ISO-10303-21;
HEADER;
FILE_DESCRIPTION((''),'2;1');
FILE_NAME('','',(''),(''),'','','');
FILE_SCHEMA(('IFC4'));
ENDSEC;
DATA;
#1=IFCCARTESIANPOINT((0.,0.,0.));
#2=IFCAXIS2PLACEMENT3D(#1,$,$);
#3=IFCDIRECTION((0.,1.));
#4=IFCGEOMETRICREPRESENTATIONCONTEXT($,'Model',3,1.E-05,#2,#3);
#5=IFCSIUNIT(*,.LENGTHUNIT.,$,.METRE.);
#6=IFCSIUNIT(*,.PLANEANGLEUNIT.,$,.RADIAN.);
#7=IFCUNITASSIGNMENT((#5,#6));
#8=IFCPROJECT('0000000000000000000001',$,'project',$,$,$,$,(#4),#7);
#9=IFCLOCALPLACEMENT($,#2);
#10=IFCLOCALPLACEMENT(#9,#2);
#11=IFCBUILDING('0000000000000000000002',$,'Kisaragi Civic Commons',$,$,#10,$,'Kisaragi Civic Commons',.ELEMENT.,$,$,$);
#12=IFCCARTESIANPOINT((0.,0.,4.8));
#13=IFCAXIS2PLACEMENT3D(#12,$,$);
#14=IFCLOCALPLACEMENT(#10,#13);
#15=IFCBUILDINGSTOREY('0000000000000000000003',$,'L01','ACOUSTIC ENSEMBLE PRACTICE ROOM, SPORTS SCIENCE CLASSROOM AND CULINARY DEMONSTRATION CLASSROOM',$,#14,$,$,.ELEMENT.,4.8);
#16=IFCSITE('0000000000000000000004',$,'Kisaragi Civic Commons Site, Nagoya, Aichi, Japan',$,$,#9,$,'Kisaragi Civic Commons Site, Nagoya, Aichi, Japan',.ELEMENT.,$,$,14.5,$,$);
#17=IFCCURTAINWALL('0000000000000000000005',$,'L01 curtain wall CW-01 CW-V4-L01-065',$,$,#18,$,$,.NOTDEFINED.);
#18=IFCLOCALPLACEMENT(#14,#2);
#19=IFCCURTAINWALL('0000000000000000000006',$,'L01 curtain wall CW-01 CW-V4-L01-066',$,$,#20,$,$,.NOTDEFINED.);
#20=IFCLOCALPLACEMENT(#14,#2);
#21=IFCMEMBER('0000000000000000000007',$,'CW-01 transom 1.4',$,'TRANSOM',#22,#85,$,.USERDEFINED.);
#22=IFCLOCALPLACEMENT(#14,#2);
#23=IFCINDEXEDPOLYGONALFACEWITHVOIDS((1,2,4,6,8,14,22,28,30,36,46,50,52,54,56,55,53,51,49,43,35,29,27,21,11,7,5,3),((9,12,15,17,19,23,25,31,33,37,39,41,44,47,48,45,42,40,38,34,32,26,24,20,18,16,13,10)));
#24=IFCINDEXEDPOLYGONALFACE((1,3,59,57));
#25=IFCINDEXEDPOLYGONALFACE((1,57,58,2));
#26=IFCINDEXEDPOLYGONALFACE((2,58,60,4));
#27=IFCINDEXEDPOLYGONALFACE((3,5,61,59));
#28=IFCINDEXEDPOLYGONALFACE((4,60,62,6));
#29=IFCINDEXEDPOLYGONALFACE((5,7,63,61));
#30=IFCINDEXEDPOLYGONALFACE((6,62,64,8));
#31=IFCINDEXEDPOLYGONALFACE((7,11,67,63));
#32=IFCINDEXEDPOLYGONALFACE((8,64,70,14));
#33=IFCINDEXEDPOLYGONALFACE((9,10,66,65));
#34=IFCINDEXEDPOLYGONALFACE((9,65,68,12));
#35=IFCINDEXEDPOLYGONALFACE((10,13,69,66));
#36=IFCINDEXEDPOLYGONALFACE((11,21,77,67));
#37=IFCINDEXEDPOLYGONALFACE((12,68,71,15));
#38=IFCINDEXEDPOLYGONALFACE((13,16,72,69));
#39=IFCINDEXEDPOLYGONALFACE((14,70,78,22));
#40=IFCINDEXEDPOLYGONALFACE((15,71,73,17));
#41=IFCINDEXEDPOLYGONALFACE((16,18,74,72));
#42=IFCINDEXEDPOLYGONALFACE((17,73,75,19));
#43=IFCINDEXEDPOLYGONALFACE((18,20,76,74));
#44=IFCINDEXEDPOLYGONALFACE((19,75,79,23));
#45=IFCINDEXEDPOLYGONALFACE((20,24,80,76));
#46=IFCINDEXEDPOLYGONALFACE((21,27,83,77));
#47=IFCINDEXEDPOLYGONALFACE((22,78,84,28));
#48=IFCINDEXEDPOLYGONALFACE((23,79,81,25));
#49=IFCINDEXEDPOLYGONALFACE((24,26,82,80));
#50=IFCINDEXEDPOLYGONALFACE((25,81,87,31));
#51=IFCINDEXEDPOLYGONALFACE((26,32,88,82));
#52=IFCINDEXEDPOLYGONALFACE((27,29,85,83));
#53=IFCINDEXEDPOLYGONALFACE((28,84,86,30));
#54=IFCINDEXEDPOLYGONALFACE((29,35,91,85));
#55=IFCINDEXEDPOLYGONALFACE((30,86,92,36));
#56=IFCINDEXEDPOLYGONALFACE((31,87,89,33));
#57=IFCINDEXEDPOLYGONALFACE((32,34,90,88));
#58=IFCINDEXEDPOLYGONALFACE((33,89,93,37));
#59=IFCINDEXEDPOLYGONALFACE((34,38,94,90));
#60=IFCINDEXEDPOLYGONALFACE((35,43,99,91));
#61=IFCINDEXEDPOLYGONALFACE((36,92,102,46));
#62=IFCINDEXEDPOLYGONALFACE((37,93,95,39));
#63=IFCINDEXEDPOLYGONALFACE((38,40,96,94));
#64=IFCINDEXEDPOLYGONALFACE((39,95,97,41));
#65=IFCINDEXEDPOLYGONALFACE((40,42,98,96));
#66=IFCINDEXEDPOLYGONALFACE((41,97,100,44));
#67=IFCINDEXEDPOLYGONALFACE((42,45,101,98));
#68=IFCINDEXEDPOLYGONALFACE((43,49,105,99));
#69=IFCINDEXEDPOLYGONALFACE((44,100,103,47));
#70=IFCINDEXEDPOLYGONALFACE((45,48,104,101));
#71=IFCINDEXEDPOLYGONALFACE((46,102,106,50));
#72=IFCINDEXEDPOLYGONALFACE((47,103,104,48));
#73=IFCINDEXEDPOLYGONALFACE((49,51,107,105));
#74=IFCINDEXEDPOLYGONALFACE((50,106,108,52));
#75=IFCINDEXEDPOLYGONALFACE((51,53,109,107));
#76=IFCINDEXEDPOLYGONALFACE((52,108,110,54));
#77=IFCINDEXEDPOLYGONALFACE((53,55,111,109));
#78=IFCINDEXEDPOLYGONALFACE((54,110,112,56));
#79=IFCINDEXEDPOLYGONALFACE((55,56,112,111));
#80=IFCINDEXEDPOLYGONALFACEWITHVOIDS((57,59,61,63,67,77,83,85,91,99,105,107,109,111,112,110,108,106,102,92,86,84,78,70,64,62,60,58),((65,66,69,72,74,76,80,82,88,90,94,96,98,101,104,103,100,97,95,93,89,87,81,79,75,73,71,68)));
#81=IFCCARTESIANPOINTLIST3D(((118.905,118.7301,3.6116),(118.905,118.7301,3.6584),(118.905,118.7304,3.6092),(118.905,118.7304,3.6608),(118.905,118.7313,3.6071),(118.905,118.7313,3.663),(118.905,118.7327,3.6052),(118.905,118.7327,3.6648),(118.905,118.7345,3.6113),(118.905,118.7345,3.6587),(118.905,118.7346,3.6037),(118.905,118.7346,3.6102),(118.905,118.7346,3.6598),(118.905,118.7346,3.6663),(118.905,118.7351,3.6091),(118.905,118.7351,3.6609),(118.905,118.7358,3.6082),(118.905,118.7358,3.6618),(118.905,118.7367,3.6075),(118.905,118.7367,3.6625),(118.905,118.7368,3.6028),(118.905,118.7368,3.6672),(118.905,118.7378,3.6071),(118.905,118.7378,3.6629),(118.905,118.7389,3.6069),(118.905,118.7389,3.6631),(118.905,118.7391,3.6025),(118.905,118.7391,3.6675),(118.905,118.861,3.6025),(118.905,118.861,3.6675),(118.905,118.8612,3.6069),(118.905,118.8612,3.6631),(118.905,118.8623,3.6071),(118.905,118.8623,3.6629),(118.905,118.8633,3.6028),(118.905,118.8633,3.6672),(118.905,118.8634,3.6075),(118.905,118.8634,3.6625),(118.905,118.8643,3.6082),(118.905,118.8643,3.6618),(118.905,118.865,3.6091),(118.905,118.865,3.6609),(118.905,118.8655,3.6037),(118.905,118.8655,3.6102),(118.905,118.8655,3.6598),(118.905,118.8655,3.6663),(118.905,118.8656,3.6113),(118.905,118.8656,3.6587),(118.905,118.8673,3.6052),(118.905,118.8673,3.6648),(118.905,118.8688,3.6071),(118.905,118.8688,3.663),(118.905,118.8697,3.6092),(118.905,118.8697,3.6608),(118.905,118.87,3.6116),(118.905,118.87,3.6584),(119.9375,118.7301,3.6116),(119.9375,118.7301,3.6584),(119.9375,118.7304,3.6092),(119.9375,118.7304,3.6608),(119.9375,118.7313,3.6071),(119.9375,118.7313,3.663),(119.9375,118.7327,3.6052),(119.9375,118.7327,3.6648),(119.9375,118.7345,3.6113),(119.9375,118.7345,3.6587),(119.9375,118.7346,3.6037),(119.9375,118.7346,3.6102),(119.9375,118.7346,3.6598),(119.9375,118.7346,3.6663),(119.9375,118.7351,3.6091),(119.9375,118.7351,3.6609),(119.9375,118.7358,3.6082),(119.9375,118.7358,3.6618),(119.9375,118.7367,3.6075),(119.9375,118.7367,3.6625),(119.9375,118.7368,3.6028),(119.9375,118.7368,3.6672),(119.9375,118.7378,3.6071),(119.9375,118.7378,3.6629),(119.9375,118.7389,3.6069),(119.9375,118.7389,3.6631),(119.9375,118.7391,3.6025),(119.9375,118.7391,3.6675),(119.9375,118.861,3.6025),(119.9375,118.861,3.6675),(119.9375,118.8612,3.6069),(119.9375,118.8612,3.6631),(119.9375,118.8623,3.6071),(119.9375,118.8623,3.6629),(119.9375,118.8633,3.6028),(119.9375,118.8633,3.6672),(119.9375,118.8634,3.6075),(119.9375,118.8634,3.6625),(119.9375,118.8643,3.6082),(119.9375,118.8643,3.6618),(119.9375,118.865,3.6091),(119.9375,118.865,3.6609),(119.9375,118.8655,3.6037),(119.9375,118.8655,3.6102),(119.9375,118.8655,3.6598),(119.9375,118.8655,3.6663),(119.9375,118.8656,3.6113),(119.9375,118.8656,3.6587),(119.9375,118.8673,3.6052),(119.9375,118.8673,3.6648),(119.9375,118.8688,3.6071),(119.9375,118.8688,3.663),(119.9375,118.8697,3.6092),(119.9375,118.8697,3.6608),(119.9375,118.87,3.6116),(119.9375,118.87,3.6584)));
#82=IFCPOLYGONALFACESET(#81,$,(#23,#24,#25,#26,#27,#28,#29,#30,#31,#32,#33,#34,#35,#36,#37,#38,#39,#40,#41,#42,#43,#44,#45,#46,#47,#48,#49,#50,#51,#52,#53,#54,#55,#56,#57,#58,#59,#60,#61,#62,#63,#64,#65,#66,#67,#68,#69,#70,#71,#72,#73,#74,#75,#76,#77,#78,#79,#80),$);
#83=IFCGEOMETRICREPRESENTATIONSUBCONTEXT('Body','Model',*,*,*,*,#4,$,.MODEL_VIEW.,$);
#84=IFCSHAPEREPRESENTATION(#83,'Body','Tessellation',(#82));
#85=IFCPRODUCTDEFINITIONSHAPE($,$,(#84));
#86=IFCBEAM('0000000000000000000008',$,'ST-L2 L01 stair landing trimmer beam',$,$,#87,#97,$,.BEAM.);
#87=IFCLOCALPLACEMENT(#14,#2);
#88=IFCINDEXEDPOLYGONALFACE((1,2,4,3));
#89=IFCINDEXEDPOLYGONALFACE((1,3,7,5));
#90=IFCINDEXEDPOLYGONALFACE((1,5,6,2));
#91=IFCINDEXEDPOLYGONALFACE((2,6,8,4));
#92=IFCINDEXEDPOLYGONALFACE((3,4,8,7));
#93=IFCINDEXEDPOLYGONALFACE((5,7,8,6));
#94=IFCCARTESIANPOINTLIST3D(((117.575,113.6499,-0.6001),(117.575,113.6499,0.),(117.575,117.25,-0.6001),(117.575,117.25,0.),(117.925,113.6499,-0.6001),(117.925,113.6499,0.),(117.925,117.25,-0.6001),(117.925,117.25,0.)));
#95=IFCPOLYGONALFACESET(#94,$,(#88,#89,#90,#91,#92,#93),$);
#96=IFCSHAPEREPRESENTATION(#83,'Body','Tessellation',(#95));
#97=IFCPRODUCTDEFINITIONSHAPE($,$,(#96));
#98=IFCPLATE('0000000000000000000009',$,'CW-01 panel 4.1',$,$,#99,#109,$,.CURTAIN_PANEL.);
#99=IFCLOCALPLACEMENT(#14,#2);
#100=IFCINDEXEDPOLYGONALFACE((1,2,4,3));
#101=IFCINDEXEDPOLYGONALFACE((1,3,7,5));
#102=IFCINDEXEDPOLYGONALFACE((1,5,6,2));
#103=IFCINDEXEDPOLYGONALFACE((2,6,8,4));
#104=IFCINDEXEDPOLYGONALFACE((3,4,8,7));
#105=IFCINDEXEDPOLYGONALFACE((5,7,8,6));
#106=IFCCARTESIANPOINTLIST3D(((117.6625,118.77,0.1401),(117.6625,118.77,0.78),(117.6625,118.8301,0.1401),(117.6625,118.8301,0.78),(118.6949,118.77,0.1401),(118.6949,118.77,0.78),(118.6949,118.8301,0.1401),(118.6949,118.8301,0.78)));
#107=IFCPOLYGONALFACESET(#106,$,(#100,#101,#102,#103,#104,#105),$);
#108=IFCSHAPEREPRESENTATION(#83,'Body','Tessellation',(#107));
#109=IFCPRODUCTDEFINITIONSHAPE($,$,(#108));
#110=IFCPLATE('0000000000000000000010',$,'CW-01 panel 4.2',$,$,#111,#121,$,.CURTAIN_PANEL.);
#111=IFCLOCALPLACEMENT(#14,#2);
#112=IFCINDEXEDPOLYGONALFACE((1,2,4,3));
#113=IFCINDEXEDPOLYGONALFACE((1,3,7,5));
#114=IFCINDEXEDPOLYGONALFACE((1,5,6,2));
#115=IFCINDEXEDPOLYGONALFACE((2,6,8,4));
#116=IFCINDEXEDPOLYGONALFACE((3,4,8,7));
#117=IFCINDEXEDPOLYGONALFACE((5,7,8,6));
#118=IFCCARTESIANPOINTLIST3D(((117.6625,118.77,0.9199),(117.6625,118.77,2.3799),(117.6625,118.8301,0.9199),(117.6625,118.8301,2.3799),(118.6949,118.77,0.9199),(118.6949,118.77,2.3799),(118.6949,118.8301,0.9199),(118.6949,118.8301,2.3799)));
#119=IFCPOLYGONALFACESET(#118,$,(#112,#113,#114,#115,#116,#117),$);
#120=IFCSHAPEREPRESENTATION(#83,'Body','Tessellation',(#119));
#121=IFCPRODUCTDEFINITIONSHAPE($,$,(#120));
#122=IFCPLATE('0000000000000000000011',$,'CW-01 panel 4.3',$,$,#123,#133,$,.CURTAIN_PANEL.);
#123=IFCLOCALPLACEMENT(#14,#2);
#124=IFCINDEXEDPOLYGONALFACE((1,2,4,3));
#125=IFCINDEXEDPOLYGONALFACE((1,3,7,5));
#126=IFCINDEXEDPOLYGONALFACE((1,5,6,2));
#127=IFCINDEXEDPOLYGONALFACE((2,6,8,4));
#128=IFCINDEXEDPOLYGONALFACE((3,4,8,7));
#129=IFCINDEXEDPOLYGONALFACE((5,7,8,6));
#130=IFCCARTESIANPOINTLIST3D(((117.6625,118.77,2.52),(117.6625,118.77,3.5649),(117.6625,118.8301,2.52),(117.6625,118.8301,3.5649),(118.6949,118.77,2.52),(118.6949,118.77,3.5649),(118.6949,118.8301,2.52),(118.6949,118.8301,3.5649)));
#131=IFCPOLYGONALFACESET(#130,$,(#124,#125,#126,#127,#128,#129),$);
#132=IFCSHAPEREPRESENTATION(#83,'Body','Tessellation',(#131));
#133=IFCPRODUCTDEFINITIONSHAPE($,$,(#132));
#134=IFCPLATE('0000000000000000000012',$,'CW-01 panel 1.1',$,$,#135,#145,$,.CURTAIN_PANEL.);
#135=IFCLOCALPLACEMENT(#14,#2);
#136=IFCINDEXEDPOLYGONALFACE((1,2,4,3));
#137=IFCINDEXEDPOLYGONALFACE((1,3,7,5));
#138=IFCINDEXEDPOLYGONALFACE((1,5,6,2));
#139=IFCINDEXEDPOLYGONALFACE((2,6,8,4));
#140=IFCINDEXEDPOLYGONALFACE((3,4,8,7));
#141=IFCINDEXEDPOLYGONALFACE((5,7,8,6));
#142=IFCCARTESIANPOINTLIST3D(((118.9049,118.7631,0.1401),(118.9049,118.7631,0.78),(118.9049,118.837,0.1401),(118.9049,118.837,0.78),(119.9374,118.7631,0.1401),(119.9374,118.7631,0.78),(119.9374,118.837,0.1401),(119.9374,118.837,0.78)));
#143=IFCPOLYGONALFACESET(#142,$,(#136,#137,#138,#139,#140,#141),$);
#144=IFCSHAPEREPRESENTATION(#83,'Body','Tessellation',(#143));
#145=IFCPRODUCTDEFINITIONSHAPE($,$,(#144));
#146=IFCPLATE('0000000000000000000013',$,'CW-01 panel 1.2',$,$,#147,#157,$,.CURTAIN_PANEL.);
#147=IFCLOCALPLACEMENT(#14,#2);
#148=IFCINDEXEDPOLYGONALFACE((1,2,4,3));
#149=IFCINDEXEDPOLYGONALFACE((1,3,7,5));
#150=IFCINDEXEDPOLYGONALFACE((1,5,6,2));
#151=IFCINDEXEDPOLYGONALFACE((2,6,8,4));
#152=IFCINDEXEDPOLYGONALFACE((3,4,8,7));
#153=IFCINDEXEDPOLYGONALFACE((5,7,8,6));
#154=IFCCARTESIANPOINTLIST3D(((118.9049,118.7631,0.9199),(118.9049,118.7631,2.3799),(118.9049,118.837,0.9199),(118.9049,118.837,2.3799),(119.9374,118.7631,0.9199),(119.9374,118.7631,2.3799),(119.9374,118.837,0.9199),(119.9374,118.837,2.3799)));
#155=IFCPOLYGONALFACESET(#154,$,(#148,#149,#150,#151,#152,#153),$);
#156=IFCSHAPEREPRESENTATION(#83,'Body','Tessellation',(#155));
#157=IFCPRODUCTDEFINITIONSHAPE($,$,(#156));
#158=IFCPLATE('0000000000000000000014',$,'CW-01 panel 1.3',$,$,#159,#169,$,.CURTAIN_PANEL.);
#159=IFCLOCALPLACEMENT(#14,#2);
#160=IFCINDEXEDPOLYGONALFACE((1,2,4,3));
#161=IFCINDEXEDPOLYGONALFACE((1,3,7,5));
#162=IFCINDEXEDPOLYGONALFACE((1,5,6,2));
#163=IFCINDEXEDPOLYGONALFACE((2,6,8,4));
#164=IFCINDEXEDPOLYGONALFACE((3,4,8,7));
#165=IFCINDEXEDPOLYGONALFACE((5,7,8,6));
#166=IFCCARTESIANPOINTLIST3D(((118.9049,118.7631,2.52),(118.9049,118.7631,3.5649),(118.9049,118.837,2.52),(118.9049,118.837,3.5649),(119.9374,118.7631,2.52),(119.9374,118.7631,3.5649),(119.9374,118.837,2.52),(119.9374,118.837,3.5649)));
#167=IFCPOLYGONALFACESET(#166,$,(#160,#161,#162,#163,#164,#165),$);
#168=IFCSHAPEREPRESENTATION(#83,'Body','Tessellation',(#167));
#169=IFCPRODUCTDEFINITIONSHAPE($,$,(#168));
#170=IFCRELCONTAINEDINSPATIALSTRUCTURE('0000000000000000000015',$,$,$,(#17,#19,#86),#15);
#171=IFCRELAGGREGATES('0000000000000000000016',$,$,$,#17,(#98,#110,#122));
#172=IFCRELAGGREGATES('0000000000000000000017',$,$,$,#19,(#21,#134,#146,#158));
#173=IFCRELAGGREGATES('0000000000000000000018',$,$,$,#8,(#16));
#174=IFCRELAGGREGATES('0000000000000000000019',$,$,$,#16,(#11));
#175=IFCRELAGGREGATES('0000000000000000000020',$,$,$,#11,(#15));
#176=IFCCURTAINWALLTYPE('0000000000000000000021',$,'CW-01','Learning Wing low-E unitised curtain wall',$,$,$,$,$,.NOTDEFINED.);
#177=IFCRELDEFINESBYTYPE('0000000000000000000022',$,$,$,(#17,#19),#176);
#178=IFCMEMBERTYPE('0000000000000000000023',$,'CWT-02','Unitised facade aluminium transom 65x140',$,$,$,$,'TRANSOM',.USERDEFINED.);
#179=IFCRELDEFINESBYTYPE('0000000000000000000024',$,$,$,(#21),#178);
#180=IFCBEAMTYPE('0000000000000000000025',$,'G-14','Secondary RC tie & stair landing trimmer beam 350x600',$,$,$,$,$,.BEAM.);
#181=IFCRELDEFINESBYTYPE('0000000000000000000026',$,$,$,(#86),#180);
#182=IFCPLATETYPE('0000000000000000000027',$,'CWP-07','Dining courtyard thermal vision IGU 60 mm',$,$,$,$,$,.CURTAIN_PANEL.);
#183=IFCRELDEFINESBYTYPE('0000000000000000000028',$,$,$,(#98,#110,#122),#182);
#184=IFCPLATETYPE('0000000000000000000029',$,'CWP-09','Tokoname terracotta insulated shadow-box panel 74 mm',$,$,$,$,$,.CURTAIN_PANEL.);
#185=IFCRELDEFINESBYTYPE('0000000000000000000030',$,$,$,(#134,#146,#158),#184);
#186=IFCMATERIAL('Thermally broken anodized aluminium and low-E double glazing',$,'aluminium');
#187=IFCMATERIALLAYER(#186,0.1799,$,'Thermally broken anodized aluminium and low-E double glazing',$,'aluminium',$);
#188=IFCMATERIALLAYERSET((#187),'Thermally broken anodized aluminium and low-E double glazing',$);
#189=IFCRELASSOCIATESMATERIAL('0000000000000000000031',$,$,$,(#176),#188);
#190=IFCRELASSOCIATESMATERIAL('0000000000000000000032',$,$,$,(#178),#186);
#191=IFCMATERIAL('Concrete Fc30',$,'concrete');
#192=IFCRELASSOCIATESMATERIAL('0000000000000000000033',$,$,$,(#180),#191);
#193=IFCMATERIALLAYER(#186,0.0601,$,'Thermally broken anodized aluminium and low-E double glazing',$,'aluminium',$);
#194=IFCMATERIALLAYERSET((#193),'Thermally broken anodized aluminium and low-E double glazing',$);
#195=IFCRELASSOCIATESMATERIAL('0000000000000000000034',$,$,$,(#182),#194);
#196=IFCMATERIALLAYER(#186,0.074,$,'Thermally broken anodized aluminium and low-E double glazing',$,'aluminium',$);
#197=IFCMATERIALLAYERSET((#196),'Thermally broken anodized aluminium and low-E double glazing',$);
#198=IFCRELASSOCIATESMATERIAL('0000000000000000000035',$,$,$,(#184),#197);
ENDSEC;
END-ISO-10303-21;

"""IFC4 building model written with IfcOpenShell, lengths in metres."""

from ifc_helpers import new_model, si_unit, direction, frame, origin, origin_2d, place, context, subcontext, project, spatial, rectangle, hollow_rectangle, extrude, material, layer, layer_set, material_profile, profile_set, type_object, element, aggregate, save


model = new_model("IFC4")

# Units and contexts
model_context = context("Model", 3, precision=1e-05, world=origin(), true_north=direction((0.0, 1.0)))
body_context = subcontext(model_context, "Body", "Model", "MODEL_VIEW")
ifc_project = project(units=[si_unit("LENGTHUNIT", "METRE"), si_unit("PLANEANGLEUNIT", "RADIAN")], contexts=[model_context])

# Site, building, storey
site_placement = place(None, origin())
site = spatial("IfcSite", under=ifc_project, at=site_placement, Name="Kisaragi Civic Commons Site, Nagoya, Aichi, Japan", LongName="Kisaragi Civic Commons Site, Nagoya, Aichi, Japan", CompositionType="ELEMENT", RefElevation=14.5)
building_placement = place(site_placement, origin())
building = spatial("IfcBuilding", under=site, at=building_placement, Name="Kisaragi Civic Commons", LongName="Kisaragi Civic Commons", CompositionType="ELEMENT")
storey_placement = place(building_placement, frame((0.0, 0.0, 4.8)))
storey = spatial("IfcBuildingStorey", under=building, at=storey_placement, Name="L01", Description="ACOUSTIC ENSEMBLE PRACTICE ROOM, SPORTS SCIENCE CLASSROOM AND CULINARY DEMONSTRATION CLASSROOM", CompositionType="ELEMENT", Elevation=4.8)

# Curtain wall
ifc_material_1 = material(Name="Thermally broken anodized aluminium and low-E double glazing", Category="aluminium")
ifc_layer_1 = layer(ifc_material_1, 0.1799, Name="Thermally broken anodized aluminium and low-E double glazing", Category="aluminium")
ifc_layer_set_1 = layer_set([ifc_layer_1], Name="Thermally broken anodized aluminium and low-E double glazing")
curtain_wall_type = type_object("IfcCurtainWallType", Name="CW-01", Description="Learning Wing low-E unitised curtain wall", PredefinedType="NOTDEFINED", material=ifc_layer_set_1)
curtain_wall_1_placement = place(storey_placement, origin())
curtain_wall_1 = element("IfcCurtainWall", 1, at=curtain_wall_1_placement, inside=storey, type_object=curtain_wall_type, Name="L01 curtain wall CW-01 CW-V4-L01-065", PredefinedType="NOTDEFINED")

# Curtain wall, member
curtain_wall_2_placement = place(storey_placement, origin())
curtain_wall_2 = element("IfcCurtainWall", 2, at=curtain_wall_2_placement, inside=storey, type_object=curtain_wall_type, Name="L01 curtain wall CW-01 CW-V4-L01-066", PredefinedType="NOTDEFINED")
ifc_material_profile_1 = material_profile(ifc_material_1, hollow_rectangle(XDim=0.1399, YDim=0.0649, WallThickness=0.0044, InnerFilletRadius=0.0044, OuterFilletRadius=0.009, at=origin_2d()), Name="CWT-65x140x4.5", Category="aluminium")
ifc_profile_set_1 = profile_set([ifc_material_profile_1], Name="Thermally broken anodized aluminium and low-E double glazing")
member_type_1 = type_object("IfcMemberType", Name="CWT-02", Description="Unitised facade aluminium transom 65x140", ElementType="TRANSOM", PredefinedType="USERDEFINED", material=ifc_profile_set_1)
member_1_placement = place(storey_placement, frame((118.905, 118.8, 3.635), z_axis=(1.0, 0.0, 0.0), x_axis=(0.0, 1.0, 0.0)))
member_1 = element("IfcMember", 3, at=member_1_placement, type_object=member_type_1, Name="CW-01 transom 1.4", ObjectType="TRANSOM", PredefinedType="USERDEFINED", context=body_context, shape_type="SweptSolid", body=[
    extrude(hollow_rectangle(XDim=0.1399, YDim=0.0649, WallThickness=0.0044, InnerFilletRadius=0.0044, OuterFilletRadius=0.009, at=origin_2d()), origin(), (0.0, 0.0, 1.0), 1.0325),
])

# Beam
ifc_material_2 = material(Name="Concrete Fc30", Category="concrete")
ifc_material_profile_2 = material_profile(ifc_material_2, rectangle(XDim=0.3501, YDim=0.6001, at=origin_2d()), Name="RC-350x600", Category="concrete")
ifc_profile_set_2 = profile_set([ifc_material_profile_2], Name="Concrete Fc30")
beam_type = type_object("IfcBeamType", Name="G-14", Description="Secondary RC tie & stair landing trimmer beam 350x600", PredefinedType="BEAM", material=ifc_profile_set_2)
beam_placement = place(storey_placement, frame((117.75, 113.6499, -0.3), z_axis=(0.0, 1.0, 0.0), x_axis=(-1.0, 0.0, 0.0)))
element("IfcBeam", 4, at=beam_placement, inside=storey, type_object=beam_type, Name="ST-L2 L01 stair landing trimmer beam", PredefinedType="BEAM", context=body_context, shape_type="SweptSolid", body=[
    extrude(rectangle(XDim=0.3501, YDim=0.6001, at=origin_2d()), origin(), (0.0, 0.0, 1.0), 3.6001),
])

# Plates
ifc_layer_2 = layer(ifc_material_1, 0.0601, Name="Thermally broken anodized aluminium and low-E double glazing", Category="aluminium")
ifc_layer_set_2 = layer_set([ifc_layer_2], Name="Thermally broken anodized aluminium and low-E double glazing")
plate_type_1 = type_object("IfcPlateType", Name="CWP-07", Description="Dining courtyard thermal vision IGU 60 mm", PredefinedType="CURTAIN_PANEL", material=ifc_layer_set_2)
plate_1_placement = place(storey_placement, frame((118.1787, 118.8, 0.1401), z_axis=(0.0, 0.0, 1.0), x_axis=(1.0, 0.0, 0.0)))
plate_1 = element("IfcPlate", 5, at=plate_1_placement, type_object=plate_type_1, Name="CW-01 panel 4.1", PredefinedType="CURTAIN_PANEL", context=body_context, shape_type="SweptSolid", body=[
    extrude(rectangle(XDim=1.0325, YDim=0.0601, at=origin_2d()), origin(), (0.0, 0.0, 1.0), 0.6399),
])
plate_2_placement = place(storey_placement, frame((118.1787, 118.8, 0.9199), z_axis=(0.0, 0.0, 1.0), x_axis=(1.0, 0.0, 0.0)))
plate_2 = element("IfcPlate", 6, at=plate_2_placement, type_object=plate_type_1, Name="CW-01 panel 4.2", PredefinedType="CURTAIN_PANEL", context=body_context, shape_type="SweptSolid", body=[
    extrude(rectangle(XDim=1.0325, YDim=0.0601, at=origin_2d()), origin(), (0.0, 0.0, 1.0), 1.46),
])
plate_3_placement = place(storey_placement, frame((118.1787, 118.8, 2.52), z_axis=(0.0, 0.0, 1.0), x_axis=(1.0, 0.0, 0.0)))
plate_3 = element("IfcPlate", 7, at=plate_3_placement, type_object=plate_type_1, Name="CW-01 panel 4.3", PredefinedType="CURTAIN_PANEL", context=body_context, shape_type="SweptSolid", body=[
    extrude(rectangle(XDim=1.0325, YDim=0.0601, at=origin_2d()), origin(), (0.0, 0.0, 1.0), 1.0449),
])
aggregate(curtain_wall_1, [plate_1, plate_2, plate_3])
ifc_layer_3 = layer(ifc_material_1, 0.074, Name="Thermally broken anodized aluminium and low-E double glazing", Category="aluminium")
ifc_layer_set_3 = layer_set([ifc_layer_3], Name="Thermally broken anodized aluminium and low-E double glazing")
plate_type_2 = type_object("IfcPlateType", Name="CWP-09", Description="Tokoname terracotta insulated shadow-box panel 74 mm", PredefinedType="CURTAIN_PANEL", material=ifc_layer_set_3)
plate_4_placement = place(storey_placement, frame((119.4211, 118.8, 0.1401), z_axis=(0.0, 0.0, 1.0), x_axis=(1.0, 0.0, 0.0)))
plate_4 = element("IfcPlate", 8, at=plate_4_placement, type_object=plate_type_2, Name="CW-01 panel 1.1", PredefinedType="CURTAIN_PANEL", context=body_context, shape_type="SweptSolid", body=[
    extrude(rectangle(XDim=1.0325, YDim=0.074, at=origin_2d()), origin(), (0.0, 0.0, 1.0), 0.6399),
])
plate_5_placement = place(storey_placement, frame((119.4211, 118.8, 0.9199), z_axis=(0.0, 0.0, 1.0), x_axis=(1.0, 0.0, 0.0)))
plate_5 = element("IfcPlate", 9, at=plate_5_placement, type_object=plate_type_2, Name="CW-01 panel 1.2", PredefinedType="CURTAIN_PANEL", context=body_context, shape_type="SweptSolid", body=[
    extrude(rectangle(XDim=1.0325, YDim=0.074, at=origin_2d()), origin(), (0.0, 0.0, 1.0), 1.46),
])
plate_6_placement = place(storey_placement, frame((119.4211, 118.8, 2.52), z_axis=(0.0, 0.0, 1.0), x_axis=(1.0, 0.0, 0.0)))
plate_6 = element("IfcPlate", 10, at=plate_6_placement, type_object=plate_type_2, Name="CW-01 panel 1.3", PredefinedType="CURTAIN_PANEL", context=body_context, shape_type="SweptSolid", body=[
    extrude(rectangle(XDim=1.0325, YDim=0.074, at=origin_2d()), origin(), (0.0, 0.0, 1.0), 1.0449),
])
aggregate(curtain_wall_2, [member_1, plate_4, plate_5, plate_6])

save(model, "model.ifc")
